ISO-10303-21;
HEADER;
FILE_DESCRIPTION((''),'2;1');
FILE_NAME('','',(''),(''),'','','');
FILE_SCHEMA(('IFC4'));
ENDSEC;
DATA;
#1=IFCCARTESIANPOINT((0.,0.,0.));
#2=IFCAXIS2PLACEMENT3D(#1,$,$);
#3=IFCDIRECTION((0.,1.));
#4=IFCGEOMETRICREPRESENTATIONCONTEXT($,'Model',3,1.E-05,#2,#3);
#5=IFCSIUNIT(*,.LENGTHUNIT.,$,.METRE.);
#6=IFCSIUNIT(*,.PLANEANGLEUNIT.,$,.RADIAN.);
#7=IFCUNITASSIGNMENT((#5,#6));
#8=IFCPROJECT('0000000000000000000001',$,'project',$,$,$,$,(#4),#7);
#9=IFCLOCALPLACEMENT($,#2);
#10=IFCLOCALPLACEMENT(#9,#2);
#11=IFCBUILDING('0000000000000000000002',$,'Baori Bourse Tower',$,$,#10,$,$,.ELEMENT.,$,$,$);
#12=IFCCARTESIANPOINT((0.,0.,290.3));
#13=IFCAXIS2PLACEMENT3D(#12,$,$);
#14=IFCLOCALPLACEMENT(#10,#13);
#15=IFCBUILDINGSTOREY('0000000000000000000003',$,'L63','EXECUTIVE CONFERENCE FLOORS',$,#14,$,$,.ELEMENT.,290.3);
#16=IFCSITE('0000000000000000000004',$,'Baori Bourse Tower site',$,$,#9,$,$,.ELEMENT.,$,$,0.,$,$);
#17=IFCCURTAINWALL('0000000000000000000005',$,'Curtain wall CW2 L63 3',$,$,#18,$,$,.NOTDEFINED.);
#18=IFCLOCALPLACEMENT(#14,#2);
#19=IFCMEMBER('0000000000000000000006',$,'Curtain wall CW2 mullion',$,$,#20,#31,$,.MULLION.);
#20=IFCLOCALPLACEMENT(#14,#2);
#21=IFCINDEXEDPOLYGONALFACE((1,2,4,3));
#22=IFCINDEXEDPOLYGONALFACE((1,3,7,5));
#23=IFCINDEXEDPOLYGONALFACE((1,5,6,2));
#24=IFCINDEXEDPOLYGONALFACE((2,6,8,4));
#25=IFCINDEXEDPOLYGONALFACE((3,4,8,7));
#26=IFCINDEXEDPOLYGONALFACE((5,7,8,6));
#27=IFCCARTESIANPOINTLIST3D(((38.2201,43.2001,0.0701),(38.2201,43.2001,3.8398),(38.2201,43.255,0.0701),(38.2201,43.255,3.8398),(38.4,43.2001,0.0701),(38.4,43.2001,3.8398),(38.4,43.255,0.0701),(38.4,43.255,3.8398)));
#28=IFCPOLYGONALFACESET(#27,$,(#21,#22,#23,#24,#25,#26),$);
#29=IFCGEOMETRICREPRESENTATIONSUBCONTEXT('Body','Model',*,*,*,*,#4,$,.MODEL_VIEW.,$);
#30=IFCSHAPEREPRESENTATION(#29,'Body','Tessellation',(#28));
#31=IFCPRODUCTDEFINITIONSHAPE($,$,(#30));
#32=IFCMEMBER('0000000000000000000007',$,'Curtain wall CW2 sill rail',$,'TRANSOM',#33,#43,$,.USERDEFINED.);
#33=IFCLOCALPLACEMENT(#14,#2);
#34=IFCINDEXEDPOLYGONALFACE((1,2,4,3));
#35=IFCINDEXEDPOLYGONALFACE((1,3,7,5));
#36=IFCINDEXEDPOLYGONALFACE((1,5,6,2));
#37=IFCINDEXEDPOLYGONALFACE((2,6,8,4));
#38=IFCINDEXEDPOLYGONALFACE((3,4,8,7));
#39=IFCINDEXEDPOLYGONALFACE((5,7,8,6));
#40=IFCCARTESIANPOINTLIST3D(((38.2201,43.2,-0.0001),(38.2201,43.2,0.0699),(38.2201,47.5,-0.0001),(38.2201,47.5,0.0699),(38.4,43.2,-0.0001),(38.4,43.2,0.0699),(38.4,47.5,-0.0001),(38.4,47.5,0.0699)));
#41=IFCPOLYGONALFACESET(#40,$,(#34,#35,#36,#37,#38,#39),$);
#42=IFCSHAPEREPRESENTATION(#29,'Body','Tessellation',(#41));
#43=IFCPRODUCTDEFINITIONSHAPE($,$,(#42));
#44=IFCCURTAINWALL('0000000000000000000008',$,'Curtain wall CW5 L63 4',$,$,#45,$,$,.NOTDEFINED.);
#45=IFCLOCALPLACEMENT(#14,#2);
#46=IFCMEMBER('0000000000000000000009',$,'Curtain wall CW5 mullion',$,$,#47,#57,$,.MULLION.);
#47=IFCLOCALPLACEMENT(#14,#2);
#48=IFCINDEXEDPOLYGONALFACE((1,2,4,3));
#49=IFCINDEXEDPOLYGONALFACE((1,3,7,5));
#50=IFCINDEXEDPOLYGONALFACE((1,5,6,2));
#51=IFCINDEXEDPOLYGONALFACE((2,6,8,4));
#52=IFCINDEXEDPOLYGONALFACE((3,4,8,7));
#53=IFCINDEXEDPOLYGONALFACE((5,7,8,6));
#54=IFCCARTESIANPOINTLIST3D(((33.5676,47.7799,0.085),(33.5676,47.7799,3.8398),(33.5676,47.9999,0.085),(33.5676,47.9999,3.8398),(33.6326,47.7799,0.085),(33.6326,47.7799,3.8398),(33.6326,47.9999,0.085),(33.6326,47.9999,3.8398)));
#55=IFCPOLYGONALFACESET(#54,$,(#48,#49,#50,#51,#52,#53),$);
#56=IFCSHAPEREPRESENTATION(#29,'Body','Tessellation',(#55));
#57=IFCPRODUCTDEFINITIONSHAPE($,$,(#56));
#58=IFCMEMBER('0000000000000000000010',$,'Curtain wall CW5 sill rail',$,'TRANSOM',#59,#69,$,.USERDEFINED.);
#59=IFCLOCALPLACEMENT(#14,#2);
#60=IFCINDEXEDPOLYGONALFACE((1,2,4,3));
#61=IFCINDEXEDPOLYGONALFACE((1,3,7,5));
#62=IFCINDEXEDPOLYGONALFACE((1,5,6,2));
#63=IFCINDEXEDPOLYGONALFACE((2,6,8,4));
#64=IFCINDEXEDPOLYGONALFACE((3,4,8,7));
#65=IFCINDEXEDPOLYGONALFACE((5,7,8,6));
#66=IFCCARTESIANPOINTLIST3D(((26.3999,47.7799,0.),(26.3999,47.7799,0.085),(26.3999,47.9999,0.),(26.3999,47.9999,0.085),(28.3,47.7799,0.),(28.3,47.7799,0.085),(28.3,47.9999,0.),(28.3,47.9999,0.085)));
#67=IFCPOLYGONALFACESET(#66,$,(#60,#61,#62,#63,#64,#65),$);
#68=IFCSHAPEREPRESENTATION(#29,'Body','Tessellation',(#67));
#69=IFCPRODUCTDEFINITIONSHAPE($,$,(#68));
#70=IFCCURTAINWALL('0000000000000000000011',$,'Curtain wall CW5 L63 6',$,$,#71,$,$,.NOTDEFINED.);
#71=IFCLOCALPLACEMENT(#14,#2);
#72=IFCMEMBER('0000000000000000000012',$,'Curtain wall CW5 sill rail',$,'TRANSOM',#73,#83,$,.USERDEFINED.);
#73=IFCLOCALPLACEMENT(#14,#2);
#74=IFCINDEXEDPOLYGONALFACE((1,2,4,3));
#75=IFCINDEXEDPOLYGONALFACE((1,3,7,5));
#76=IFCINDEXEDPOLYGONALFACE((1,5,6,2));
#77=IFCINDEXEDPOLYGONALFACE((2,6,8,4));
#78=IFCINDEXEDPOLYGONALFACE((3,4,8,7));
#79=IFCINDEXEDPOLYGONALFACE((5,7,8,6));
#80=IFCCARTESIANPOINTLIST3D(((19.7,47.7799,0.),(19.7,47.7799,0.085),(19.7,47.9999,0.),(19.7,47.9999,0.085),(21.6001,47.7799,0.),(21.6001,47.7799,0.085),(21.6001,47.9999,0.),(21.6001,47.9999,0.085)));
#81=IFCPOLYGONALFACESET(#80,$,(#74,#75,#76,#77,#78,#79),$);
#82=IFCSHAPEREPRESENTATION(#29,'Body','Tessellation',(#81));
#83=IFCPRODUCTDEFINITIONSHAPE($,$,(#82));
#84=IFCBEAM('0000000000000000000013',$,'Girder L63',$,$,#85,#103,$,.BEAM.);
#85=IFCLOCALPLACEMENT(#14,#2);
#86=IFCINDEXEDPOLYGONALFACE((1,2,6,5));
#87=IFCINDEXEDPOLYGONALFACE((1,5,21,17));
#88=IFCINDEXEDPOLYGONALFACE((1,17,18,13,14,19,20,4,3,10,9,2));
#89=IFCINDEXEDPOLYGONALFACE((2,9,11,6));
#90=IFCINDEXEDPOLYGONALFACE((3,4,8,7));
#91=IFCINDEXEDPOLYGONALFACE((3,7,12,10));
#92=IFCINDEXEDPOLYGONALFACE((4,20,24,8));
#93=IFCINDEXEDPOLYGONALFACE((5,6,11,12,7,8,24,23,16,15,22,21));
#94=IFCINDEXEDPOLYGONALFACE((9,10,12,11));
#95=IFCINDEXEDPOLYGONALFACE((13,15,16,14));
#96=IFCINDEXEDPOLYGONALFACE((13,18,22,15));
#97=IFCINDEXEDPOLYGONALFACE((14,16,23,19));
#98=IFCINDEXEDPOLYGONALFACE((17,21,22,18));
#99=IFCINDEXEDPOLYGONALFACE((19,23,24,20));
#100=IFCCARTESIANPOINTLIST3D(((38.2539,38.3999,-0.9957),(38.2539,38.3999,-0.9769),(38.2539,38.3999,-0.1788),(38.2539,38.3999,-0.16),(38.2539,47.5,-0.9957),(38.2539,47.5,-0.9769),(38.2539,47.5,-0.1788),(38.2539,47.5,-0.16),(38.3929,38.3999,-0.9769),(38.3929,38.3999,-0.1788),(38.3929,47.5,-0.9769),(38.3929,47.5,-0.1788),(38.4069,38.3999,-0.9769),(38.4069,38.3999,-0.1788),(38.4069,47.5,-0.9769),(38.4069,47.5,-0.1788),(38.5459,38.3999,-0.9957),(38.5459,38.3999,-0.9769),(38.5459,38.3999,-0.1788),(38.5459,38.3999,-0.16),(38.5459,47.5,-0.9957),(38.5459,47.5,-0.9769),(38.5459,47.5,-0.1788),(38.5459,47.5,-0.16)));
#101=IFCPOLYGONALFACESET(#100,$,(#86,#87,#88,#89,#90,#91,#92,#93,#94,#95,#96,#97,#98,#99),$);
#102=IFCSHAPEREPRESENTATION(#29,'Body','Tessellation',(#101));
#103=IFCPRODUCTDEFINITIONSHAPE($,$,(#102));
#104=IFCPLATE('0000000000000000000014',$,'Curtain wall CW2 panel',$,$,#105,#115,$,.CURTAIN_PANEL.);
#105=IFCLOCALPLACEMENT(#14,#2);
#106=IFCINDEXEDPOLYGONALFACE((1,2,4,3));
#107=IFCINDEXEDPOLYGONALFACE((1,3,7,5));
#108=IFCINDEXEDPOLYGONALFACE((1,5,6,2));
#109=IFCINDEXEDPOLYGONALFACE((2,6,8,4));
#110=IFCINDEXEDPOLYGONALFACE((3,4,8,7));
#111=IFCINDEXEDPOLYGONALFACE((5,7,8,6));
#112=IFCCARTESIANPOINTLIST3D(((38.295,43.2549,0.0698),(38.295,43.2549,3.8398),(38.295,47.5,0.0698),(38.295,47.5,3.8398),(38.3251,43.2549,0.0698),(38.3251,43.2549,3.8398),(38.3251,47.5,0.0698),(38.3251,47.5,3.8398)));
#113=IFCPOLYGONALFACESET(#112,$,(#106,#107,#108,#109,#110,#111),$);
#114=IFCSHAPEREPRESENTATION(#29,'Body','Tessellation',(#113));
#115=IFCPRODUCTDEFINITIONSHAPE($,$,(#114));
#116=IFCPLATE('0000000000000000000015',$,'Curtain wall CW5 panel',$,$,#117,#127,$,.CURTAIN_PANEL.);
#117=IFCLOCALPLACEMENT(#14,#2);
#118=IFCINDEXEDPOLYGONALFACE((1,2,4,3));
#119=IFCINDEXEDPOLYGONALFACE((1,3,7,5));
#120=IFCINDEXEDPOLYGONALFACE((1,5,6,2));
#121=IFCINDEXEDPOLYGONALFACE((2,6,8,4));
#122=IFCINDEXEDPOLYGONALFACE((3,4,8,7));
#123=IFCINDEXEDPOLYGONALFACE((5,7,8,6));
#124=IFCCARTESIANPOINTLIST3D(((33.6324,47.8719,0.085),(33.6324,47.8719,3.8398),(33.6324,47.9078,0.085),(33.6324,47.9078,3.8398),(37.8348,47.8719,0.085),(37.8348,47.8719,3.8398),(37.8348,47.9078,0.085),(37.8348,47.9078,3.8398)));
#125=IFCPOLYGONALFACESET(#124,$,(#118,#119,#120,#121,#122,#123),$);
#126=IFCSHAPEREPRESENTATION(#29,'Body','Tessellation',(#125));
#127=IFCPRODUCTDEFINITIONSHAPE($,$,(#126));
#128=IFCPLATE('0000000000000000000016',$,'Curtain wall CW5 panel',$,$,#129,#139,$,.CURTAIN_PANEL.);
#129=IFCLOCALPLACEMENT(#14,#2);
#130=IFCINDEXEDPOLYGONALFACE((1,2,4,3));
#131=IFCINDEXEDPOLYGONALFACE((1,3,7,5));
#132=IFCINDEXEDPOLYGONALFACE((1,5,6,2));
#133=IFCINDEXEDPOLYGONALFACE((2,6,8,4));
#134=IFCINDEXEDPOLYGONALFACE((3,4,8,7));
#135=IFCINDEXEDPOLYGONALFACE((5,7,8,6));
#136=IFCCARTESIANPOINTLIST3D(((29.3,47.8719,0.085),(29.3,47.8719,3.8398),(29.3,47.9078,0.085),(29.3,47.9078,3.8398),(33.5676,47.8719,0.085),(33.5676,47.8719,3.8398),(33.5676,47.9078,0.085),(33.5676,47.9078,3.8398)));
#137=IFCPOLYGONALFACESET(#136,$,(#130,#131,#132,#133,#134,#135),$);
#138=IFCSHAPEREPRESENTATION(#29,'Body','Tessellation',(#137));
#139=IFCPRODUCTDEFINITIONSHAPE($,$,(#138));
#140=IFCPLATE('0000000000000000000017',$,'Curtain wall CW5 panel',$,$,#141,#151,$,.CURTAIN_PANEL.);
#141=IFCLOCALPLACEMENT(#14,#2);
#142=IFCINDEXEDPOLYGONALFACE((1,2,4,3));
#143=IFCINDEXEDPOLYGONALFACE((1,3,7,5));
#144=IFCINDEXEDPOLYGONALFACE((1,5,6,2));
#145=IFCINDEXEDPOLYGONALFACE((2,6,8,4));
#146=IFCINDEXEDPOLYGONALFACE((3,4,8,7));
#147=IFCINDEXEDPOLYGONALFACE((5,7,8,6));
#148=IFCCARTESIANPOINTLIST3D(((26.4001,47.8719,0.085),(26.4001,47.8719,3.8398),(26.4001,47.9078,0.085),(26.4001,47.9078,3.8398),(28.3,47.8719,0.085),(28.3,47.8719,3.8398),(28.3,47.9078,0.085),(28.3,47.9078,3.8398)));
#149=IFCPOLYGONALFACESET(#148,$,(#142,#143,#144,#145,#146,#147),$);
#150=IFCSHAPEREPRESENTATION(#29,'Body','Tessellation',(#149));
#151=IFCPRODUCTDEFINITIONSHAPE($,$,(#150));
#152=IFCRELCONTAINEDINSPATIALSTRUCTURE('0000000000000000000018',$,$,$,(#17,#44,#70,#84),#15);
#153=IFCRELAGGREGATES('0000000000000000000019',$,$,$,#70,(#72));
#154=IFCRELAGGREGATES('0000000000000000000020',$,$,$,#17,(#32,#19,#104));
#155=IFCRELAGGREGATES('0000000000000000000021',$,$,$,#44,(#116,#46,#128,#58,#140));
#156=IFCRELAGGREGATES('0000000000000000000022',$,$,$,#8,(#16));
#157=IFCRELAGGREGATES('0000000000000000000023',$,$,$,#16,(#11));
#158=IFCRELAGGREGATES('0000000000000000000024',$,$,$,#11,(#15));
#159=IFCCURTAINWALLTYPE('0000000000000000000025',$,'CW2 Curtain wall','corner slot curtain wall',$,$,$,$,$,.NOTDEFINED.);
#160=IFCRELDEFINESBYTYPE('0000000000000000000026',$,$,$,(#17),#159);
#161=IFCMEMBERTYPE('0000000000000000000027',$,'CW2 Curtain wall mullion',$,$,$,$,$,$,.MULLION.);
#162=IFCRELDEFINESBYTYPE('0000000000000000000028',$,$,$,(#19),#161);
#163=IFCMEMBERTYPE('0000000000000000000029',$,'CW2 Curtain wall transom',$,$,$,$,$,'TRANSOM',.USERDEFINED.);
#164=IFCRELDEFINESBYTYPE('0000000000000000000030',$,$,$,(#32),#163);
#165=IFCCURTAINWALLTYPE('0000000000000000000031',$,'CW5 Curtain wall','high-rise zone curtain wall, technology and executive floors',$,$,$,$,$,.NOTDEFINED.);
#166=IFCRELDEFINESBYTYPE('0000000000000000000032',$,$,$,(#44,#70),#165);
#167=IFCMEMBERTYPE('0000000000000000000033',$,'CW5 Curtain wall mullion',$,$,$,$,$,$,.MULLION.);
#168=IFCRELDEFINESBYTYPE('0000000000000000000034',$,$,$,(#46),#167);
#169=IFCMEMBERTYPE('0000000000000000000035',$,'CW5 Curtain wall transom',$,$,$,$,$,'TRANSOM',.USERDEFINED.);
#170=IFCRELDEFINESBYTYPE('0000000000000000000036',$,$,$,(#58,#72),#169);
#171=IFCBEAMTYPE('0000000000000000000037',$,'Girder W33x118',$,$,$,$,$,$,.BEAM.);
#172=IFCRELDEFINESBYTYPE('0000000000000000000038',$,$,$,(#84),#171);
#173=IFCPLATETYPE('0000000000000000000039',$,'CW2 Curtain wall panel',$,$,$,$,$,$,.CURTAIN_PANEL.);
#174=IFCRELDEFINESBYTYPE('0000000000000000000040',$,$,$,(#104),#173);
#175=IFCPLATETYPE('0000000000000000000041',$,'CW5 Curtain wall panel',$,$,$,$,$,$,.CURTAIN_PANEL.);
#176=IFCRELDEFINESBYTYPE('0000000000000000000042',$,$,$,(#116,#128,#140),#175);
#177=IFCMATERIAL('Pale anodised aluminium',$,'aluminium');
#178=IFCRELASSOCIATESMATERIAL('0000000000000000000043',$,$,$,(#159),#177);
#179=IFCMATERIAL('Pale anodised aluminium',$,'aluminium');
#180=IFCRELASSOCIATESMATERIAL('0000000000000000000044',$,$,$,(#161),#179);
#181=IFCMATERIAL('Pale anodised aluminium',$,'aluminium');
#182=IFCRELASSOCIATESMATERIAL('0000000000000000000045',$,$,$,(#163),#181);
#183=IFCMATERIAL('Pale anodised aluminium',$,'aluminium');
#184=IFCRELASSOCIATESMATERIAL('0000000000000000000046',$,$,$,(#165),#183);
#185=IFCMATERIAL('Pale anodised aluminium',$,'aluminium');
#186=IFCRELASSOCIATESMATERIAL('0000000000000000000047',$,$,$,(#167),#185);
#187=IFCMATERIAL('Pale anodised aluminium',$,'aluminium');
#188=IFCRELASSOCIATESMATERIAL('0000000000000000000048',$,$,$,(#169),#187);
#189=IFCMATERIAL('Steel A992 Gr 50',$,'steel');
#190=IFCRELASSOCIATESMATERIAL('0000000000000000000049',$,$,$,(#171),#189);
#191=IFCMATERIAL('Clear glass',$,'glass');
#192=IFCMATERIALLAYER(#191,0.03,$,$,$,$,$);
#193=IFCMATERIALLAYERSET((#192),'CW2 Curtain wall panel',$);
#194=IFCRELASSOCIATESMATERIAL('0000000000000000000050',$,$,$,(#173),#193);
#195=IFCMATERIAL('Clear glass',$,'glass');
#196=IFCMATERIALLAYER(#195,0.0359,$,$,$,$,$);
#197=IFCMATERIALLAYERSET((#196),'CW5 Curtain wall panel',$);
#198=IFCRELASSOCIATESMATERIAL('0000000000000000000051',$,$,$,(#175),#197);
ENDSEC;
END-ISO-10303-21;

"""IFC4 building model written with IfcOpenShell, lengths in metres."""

from ifc_helpers import new_model, si_unit, direction, frame, origin, origin_2d, place, context, subcontext, project, spatial, rectangle, i_section, extrude, material, layer, layer_set, material_profile, profile_set, type_object, element, aggregate, save


model = new_model("IFC4")

# Units and contexts
model_context = context("Model", 3, precision=1e-05, world=origin(), true_north=direction((0.0, 1.0)))
body_context = subcontext(model_context, "Body", "Model", "MODEL_VIEW")
ifc_project = project(units=[si_unit("LENGTHUNIT", "METRE"), si_unit("PLANEANGLEUNIT", "RADIAN")], contexts=[model_context])

# Site, building, storey
site_placement = place(None, origin())
site = spatial("IfcSite", under=ifc_project, at=site_placement, Name="Baori Bourse Tower site", CompositionType="ELEMENT", RefElevation=0.0)
building_placement = place(site_placement, origin())
building = spatial("IfcBuilding", under=site, at=building_placement, Name="Baori Bourse Tower", CompositionType="ELEMENT")
storey_placement = place(building_placement, frame((0.0, 0.0, 290.3)))
storey = spatial("IfcBuildingStorey", under=building, at=storey_placement, Name="L63", Description="EXECUTIVE CONFERENCE FLOORS", CompositionType="ELEMENT", Elevation=290.3)

# Curtain walls, members
ifc_material_1 = material(Name="Pale anodised aluminium", Category="aluminium")
curtain_wall_type_1 = type_object("IfcCurtainWallType", Name="CW2 Curtain wall", Description="corner slot curtain wall", PredefinedType="NOTDEFINED", material=ifc_material_1)
curtain_wall_1_placement = place(storey_placement, origin())
curtain_wall_1 = element("IfcCurtainWall", 1, at=curtain_wall_1_placement, inside=storey, type_object=curtain_wall_type_1, Name="Curtain wall CW2 L63 3", PredefinedType="NOTDEFINED")
ifc_material_2 = material(Name="Pale anodised aluminium", Category="aluminium")
ifc_material_profile_1 = material_profile(ifc_material_2, rectangle(XDim=0.1799, YDim=0.0549, at=origin_2d()), Name="Mullion 55x180")
ifc_profile_set_1 = profile_set([ifc_material_profile_1], Name="Pale anodised aluminium")
member_type_1 = type_object("IfcMemberType", Name="CW2 Curtain wall mullion", PredefinedType="MULLION", material=ifc_profile_set_1)
member_1_placement = place(storey_placement, frame((38.3101, 43.2275, 0.0701), z_axis=(0.0, 0.0, 1.0), x_axis=(-1.0, 0.0, 0.0)))
member_1 = element("IfcMember", 2, at=member_1_placement, type_object=member_type_1, Name="Curtain wall CW2 mullion", PredefinedType="MULLION", context=body_context, shape_type="SweptSolid", body=[
    extrude(rectangle(XDim=0.1799, YDim=0.0549, at=origin_2d()), origin(), (0.0, 0.0, 1.0), 3.7698),
])
ifc_material_3 = material(Name="Pale anodised aluminium", Category="aluminium")
ifc_material_profile_2 = material_profile(ifc_material_3, rectangle(XDim=0.1799, YDim=0.0701, at=origin_2d()), Name="Transom 70x180")
ifc_profile_set_2 = profile_set([ifc_material_profile_2], Name="Pale anodised aluminium")
member_type_2 = type_object("IfcMemberType", Name="CW2 Curtain wall transom", ElementType="TRANSOM", PredefinedType="USERDEFINED", material=ifc_profile_set_2)
member_2_placement = place(storey_placement, frame((38.3101, 43.2, 0.0349), z_axis=(0.0, 1.0, 0.0), x_axis=(-1.0, 0.0, 0.0)))
member_2 = element("IfcMember", 3, at=member_2_placement, type_object=member_type_2, Name="Curtain wall CW2 sill rail", ObjectType="TRANSOM", PredefinedType="USERDEFINED", context=body_context, shape_type="SweptSolid", body=[
    extrude(rectangle(XDim=0.1799, YDim=0.0701, at=origin_2d()), origin(), (0.0, 0.0, 1.0), 4.3),
])
ifc_material_4 = material(Name="Pale anodised aluminium", Category="aluminium")
curtain_wall_type_2 = type_object("IfcCurtainWallType", Name="CW5 Curtain wall", Description="high-rise zone curtain wall, technology and executive floors", PredefinedType="NOTDEFINED", material=ifc_material_4)
curtain_wall_2_placement = place(storey_placement, origin())
curtain_wall_2 = element("IfcCurtainWall", 4, at=curtain_wall_2_placement, inside=storey, type_object=curtain_wall_type_2, Name="Curtain wall CW5 L63 4", PredefinedType="NOTDEFINED")
ifc_material_5 = material(Name="Pale anodised aluminium", Category="aluminium")
ifc_material_profile_3 = material_profile(ifc_material_5, rectangle(XDim=0.22, YDim=0.0649, at=origin_2d()), Name="Mullion 65x220")
ifc_profile_set_3 = profile_set([ifc_material_profile_3], Name="Pale anodised aluminium")
member_type_3 = type_object("IfcMemberType", Name="CW5 Curtain wall mullion", PredefinedType="MULLION", material=ifc_profile_set_3)
member_3_placement = place(storey_placement, frame((33.6001, 47.8899, 0.085), z_axis=(0.0, 0.0, 1.0), x_axis=(0.0, -1.0, 0.0)))
member_3 = element("IfcMember", 5, at=member_3_placement, type_object=member_type_3, Name="Curtain wall CW5 mullion", PredefinedType="MULLION", context=body_context, shape_type="SweptSolid", body=[
    extrude(rectangle(XDim=0.22, YDim=0.0649, at=origin_2d()), origin(), (0.0, 0.0, 1.0), 3.7549),
])
ifc_material_6 = material(Name="Pale anodised aluminium", Category="aluminium")
ifc_material_profile_4 = material_profile(ifc_material_6, rectangle(XDim=0.22, YDim=0.085, at=origin_2d()), Name="Transom 85x220")
ifc_profile_set_4 = profile_set([ifc_material_profile_4], Name="Pale anodised aluminium")
member_type_4 = type_object("IfcMemberType", Name="CW5 Curtain wall transom", ElementType="TRANSOM", PredefinedType="USERDEFINED", material=ifc_profile_set_4)
member_4_placement = place(storey_placement, frame((28.3, 47.8899, 0.0425), z_axis=(-1.0, 0.0, 0.0), x_axis=(0.0, -1.0, 0.0)))
member_4 = element("IfcMember", 6, at=member_4_placement, type_object=member_type_4, Name="Curtain wall CW5 sill rail", ObjectType="TRANSOM", PredefinedType="USERDEFINED", context=body_context, shape_type="SweptSolid", body=[
    extrude(rectangle(XDim=0.22, YDim=0.085, at=origin_2d()), origin(), (0.0, 0.0, 1.0), 1.9001),
])

# Curtain wall, member
curtain_wall_3_placement = place(storey_placement, origin())
curtain_wall_3 = element("IfcCurtainWall", 7, at=curtain_wall_3_placement, inside=storey, type_object=curtain_wall_type_2, Name="Curtain wall CW5 L63 6", PredefinedType="NOTDEFINED")
member_5_placement = place(storey_placement, frame((21.6001, 47.8899, 0.0425), z_axis=(-1.0, 0.0, 0.0), x_axis=(0.0, -1.0, 0.0)))
member_5 = element("IfcMember", 8, at=member_5_placement, type_object=member_type_4, Name="Curtain wall CW5 sill rail", ObjectType="TRANSOM", PredefinedType="USERDEFINED", context=body_context, shape_type="SweptSolid", body=[
    extrude(rectangle(XDim=0.22, YDim=0.085, at=origin_2d()), origin(), (0.0, 0.0, 1.0), 1.9001),
])
aggregate(curtain_wall_3, [member_5])

# Beam
ifc_material_7 = material(Name="Steel A992 Gr 50", Category="steel")
ifc_material_profile_5 = material_profile(ifc_material_7, i_section(OverallWidth=0.292, OverallDepth=0.8357, WebThickness=0.0139, FlangeThickness=0.0188, at=origin_2d()), Name="W33x118")
ifc_profile_set_5 = profile_set([ifc_material_profile_5], Name="Steel A992 Gr 50")
beam_type = type_object("IfcBeamType", Name="Girder W33x118", PredefinedType="BEAM", material=ifc_profile_set_5)
beam_placement = place(storey_placement, frame((38.3999, 38.3999, -0.5779), z_axis=(0.0, 1.0, 0.0), x_axis=(-1.0, 0.0, 0.0)))
element("IfcBeam", 9, at=beam_placement, inside=storey, type_object=beam_type, Name="Girder L63", PredefinedType="BEAM", context=body_context, shape_type="SweptSolid", body=[
    extrude(i_section(OverallWidth=0.292, OverallDepth=0.8357, WebThickness=0.0139, FlangeThickness=0.0188, at=origin_2d()), origin(), (0.0, 0.0, 1.0), 9.1001),
])

# Plates
ifc_material_8 = material(Name="Clear glass", Category="glass")
ifc_layer_1 = layer(ifc_material_8, 0.03)
ifc_layer_set_1 = layer_set([ifc_layer_1], Name="CW2 Curtain wall panel")
plate_type_1 = type_object("IfcPlateType", Name="CW2 Curtain wall panel", PredefinedType="CURTAIN_PANEL", material=ifc_layer_set_1)
plate_1_placement = place(storey_placement, frame((38.3101, 45.3774, 0.0698), z_axis=(0.0, 0.0, 1.0), x_axis=(0.0, 1.0, 0.0)))
plate_1 = element("IfcPlate", 10, at=plate_1_placement, type_object=plate_type_1, Name="Curtain wall CW2 panel", PredefinedType="CURTAIN_PANEL", context=body_context, shape_type="SweptSolid", body=[
    extrude(rectangle(XDim=4.2451, YDim=0.03, at=origin_2d()), origin(), (0.0, 0.0, 1.0), 3.77),
])
aggregate(curtain_wall_1, [member_2, member_1, plate_1])
ifc_material_9 = material(Name="Clear glass", Category="glass")
ifc_layer_2 = layer(ifc_material_9, 0.0359)
ifc_layer_set_2 = layer_set([ifc_layer_2], Name="CW5 Curtain wall panel")
plate_type_2 = type_object("IfcPlateType", Name="CW5 Curtain wall panel", PredefinedType="CURTAIN_PANEL", material=ifc_layer_set_2)
plate_2_placement = place(storey_placement, frame((35.7336, 47.8899, 0.085), z_axis=(0.0, 0.0, 1.0), x_axis=(-1.0, 0.0, 0.0)))
plate_2 = element("IfcPlate", 11, at=plate_2_placement, type_object=plate_type_2, Name="Curtain wall CW5 panel", PredefinedType="CURTAIN_PANEL", context=body_context, shape_type="SweptSolid", body=[
    extrude(rectangle(XDim=4.2024, YDim=0.0359, at=origin_2d()), origin(), (0.0, 0.0, 1.0), 3.7549),
])
plate_3_placement = place(storey_placement, frame((31.4338, 47.8899, 0.085), z_axis=(0.0, 0.0, 1.0), x_axis=(-1.0, 0.0, 0.0)))
plate_3 = element("IfcPlate", 12, at=plate_3_placement, type_object=plate_type_2, Name="Curtain wall CW5 panel", PredefinedType="CURTAIN_PANEL", context=body_context, shape_type="SweptSolid", body=[
    extrude(rectangle(XDim=4.2676, YDim=0.0359, at=origin_2d()), origin(), (0.0, 0.0, 1.0), 3.7549),
])
plate_4_placement = place(storey_placement, frame((27.3501, 47.8899, 0.085), z_axis=(0.0, 0.0, 1.0), x_axis=(-1.0, 0.0, 0.0)))
plate_4 = element("IfcPlate", 13, at=plate_4_placement, type_object=plate_type_2, Name="Curtain wall CW5 panel", PredefinedType="CURTAIN_PANEL", context=body_context, shape_type="SweptSolid", body=[
    extrude(rectangle(XDim=1.8999, YDim=0.0359, at=origin_2d()), origin(), (0.0, 0.0, 1.0), 3.7549),
])
aggregate(curtain_wall_2, [plate_2, member_3, plate_3, member_4, plate_4])

save(model, "model.ifc")
